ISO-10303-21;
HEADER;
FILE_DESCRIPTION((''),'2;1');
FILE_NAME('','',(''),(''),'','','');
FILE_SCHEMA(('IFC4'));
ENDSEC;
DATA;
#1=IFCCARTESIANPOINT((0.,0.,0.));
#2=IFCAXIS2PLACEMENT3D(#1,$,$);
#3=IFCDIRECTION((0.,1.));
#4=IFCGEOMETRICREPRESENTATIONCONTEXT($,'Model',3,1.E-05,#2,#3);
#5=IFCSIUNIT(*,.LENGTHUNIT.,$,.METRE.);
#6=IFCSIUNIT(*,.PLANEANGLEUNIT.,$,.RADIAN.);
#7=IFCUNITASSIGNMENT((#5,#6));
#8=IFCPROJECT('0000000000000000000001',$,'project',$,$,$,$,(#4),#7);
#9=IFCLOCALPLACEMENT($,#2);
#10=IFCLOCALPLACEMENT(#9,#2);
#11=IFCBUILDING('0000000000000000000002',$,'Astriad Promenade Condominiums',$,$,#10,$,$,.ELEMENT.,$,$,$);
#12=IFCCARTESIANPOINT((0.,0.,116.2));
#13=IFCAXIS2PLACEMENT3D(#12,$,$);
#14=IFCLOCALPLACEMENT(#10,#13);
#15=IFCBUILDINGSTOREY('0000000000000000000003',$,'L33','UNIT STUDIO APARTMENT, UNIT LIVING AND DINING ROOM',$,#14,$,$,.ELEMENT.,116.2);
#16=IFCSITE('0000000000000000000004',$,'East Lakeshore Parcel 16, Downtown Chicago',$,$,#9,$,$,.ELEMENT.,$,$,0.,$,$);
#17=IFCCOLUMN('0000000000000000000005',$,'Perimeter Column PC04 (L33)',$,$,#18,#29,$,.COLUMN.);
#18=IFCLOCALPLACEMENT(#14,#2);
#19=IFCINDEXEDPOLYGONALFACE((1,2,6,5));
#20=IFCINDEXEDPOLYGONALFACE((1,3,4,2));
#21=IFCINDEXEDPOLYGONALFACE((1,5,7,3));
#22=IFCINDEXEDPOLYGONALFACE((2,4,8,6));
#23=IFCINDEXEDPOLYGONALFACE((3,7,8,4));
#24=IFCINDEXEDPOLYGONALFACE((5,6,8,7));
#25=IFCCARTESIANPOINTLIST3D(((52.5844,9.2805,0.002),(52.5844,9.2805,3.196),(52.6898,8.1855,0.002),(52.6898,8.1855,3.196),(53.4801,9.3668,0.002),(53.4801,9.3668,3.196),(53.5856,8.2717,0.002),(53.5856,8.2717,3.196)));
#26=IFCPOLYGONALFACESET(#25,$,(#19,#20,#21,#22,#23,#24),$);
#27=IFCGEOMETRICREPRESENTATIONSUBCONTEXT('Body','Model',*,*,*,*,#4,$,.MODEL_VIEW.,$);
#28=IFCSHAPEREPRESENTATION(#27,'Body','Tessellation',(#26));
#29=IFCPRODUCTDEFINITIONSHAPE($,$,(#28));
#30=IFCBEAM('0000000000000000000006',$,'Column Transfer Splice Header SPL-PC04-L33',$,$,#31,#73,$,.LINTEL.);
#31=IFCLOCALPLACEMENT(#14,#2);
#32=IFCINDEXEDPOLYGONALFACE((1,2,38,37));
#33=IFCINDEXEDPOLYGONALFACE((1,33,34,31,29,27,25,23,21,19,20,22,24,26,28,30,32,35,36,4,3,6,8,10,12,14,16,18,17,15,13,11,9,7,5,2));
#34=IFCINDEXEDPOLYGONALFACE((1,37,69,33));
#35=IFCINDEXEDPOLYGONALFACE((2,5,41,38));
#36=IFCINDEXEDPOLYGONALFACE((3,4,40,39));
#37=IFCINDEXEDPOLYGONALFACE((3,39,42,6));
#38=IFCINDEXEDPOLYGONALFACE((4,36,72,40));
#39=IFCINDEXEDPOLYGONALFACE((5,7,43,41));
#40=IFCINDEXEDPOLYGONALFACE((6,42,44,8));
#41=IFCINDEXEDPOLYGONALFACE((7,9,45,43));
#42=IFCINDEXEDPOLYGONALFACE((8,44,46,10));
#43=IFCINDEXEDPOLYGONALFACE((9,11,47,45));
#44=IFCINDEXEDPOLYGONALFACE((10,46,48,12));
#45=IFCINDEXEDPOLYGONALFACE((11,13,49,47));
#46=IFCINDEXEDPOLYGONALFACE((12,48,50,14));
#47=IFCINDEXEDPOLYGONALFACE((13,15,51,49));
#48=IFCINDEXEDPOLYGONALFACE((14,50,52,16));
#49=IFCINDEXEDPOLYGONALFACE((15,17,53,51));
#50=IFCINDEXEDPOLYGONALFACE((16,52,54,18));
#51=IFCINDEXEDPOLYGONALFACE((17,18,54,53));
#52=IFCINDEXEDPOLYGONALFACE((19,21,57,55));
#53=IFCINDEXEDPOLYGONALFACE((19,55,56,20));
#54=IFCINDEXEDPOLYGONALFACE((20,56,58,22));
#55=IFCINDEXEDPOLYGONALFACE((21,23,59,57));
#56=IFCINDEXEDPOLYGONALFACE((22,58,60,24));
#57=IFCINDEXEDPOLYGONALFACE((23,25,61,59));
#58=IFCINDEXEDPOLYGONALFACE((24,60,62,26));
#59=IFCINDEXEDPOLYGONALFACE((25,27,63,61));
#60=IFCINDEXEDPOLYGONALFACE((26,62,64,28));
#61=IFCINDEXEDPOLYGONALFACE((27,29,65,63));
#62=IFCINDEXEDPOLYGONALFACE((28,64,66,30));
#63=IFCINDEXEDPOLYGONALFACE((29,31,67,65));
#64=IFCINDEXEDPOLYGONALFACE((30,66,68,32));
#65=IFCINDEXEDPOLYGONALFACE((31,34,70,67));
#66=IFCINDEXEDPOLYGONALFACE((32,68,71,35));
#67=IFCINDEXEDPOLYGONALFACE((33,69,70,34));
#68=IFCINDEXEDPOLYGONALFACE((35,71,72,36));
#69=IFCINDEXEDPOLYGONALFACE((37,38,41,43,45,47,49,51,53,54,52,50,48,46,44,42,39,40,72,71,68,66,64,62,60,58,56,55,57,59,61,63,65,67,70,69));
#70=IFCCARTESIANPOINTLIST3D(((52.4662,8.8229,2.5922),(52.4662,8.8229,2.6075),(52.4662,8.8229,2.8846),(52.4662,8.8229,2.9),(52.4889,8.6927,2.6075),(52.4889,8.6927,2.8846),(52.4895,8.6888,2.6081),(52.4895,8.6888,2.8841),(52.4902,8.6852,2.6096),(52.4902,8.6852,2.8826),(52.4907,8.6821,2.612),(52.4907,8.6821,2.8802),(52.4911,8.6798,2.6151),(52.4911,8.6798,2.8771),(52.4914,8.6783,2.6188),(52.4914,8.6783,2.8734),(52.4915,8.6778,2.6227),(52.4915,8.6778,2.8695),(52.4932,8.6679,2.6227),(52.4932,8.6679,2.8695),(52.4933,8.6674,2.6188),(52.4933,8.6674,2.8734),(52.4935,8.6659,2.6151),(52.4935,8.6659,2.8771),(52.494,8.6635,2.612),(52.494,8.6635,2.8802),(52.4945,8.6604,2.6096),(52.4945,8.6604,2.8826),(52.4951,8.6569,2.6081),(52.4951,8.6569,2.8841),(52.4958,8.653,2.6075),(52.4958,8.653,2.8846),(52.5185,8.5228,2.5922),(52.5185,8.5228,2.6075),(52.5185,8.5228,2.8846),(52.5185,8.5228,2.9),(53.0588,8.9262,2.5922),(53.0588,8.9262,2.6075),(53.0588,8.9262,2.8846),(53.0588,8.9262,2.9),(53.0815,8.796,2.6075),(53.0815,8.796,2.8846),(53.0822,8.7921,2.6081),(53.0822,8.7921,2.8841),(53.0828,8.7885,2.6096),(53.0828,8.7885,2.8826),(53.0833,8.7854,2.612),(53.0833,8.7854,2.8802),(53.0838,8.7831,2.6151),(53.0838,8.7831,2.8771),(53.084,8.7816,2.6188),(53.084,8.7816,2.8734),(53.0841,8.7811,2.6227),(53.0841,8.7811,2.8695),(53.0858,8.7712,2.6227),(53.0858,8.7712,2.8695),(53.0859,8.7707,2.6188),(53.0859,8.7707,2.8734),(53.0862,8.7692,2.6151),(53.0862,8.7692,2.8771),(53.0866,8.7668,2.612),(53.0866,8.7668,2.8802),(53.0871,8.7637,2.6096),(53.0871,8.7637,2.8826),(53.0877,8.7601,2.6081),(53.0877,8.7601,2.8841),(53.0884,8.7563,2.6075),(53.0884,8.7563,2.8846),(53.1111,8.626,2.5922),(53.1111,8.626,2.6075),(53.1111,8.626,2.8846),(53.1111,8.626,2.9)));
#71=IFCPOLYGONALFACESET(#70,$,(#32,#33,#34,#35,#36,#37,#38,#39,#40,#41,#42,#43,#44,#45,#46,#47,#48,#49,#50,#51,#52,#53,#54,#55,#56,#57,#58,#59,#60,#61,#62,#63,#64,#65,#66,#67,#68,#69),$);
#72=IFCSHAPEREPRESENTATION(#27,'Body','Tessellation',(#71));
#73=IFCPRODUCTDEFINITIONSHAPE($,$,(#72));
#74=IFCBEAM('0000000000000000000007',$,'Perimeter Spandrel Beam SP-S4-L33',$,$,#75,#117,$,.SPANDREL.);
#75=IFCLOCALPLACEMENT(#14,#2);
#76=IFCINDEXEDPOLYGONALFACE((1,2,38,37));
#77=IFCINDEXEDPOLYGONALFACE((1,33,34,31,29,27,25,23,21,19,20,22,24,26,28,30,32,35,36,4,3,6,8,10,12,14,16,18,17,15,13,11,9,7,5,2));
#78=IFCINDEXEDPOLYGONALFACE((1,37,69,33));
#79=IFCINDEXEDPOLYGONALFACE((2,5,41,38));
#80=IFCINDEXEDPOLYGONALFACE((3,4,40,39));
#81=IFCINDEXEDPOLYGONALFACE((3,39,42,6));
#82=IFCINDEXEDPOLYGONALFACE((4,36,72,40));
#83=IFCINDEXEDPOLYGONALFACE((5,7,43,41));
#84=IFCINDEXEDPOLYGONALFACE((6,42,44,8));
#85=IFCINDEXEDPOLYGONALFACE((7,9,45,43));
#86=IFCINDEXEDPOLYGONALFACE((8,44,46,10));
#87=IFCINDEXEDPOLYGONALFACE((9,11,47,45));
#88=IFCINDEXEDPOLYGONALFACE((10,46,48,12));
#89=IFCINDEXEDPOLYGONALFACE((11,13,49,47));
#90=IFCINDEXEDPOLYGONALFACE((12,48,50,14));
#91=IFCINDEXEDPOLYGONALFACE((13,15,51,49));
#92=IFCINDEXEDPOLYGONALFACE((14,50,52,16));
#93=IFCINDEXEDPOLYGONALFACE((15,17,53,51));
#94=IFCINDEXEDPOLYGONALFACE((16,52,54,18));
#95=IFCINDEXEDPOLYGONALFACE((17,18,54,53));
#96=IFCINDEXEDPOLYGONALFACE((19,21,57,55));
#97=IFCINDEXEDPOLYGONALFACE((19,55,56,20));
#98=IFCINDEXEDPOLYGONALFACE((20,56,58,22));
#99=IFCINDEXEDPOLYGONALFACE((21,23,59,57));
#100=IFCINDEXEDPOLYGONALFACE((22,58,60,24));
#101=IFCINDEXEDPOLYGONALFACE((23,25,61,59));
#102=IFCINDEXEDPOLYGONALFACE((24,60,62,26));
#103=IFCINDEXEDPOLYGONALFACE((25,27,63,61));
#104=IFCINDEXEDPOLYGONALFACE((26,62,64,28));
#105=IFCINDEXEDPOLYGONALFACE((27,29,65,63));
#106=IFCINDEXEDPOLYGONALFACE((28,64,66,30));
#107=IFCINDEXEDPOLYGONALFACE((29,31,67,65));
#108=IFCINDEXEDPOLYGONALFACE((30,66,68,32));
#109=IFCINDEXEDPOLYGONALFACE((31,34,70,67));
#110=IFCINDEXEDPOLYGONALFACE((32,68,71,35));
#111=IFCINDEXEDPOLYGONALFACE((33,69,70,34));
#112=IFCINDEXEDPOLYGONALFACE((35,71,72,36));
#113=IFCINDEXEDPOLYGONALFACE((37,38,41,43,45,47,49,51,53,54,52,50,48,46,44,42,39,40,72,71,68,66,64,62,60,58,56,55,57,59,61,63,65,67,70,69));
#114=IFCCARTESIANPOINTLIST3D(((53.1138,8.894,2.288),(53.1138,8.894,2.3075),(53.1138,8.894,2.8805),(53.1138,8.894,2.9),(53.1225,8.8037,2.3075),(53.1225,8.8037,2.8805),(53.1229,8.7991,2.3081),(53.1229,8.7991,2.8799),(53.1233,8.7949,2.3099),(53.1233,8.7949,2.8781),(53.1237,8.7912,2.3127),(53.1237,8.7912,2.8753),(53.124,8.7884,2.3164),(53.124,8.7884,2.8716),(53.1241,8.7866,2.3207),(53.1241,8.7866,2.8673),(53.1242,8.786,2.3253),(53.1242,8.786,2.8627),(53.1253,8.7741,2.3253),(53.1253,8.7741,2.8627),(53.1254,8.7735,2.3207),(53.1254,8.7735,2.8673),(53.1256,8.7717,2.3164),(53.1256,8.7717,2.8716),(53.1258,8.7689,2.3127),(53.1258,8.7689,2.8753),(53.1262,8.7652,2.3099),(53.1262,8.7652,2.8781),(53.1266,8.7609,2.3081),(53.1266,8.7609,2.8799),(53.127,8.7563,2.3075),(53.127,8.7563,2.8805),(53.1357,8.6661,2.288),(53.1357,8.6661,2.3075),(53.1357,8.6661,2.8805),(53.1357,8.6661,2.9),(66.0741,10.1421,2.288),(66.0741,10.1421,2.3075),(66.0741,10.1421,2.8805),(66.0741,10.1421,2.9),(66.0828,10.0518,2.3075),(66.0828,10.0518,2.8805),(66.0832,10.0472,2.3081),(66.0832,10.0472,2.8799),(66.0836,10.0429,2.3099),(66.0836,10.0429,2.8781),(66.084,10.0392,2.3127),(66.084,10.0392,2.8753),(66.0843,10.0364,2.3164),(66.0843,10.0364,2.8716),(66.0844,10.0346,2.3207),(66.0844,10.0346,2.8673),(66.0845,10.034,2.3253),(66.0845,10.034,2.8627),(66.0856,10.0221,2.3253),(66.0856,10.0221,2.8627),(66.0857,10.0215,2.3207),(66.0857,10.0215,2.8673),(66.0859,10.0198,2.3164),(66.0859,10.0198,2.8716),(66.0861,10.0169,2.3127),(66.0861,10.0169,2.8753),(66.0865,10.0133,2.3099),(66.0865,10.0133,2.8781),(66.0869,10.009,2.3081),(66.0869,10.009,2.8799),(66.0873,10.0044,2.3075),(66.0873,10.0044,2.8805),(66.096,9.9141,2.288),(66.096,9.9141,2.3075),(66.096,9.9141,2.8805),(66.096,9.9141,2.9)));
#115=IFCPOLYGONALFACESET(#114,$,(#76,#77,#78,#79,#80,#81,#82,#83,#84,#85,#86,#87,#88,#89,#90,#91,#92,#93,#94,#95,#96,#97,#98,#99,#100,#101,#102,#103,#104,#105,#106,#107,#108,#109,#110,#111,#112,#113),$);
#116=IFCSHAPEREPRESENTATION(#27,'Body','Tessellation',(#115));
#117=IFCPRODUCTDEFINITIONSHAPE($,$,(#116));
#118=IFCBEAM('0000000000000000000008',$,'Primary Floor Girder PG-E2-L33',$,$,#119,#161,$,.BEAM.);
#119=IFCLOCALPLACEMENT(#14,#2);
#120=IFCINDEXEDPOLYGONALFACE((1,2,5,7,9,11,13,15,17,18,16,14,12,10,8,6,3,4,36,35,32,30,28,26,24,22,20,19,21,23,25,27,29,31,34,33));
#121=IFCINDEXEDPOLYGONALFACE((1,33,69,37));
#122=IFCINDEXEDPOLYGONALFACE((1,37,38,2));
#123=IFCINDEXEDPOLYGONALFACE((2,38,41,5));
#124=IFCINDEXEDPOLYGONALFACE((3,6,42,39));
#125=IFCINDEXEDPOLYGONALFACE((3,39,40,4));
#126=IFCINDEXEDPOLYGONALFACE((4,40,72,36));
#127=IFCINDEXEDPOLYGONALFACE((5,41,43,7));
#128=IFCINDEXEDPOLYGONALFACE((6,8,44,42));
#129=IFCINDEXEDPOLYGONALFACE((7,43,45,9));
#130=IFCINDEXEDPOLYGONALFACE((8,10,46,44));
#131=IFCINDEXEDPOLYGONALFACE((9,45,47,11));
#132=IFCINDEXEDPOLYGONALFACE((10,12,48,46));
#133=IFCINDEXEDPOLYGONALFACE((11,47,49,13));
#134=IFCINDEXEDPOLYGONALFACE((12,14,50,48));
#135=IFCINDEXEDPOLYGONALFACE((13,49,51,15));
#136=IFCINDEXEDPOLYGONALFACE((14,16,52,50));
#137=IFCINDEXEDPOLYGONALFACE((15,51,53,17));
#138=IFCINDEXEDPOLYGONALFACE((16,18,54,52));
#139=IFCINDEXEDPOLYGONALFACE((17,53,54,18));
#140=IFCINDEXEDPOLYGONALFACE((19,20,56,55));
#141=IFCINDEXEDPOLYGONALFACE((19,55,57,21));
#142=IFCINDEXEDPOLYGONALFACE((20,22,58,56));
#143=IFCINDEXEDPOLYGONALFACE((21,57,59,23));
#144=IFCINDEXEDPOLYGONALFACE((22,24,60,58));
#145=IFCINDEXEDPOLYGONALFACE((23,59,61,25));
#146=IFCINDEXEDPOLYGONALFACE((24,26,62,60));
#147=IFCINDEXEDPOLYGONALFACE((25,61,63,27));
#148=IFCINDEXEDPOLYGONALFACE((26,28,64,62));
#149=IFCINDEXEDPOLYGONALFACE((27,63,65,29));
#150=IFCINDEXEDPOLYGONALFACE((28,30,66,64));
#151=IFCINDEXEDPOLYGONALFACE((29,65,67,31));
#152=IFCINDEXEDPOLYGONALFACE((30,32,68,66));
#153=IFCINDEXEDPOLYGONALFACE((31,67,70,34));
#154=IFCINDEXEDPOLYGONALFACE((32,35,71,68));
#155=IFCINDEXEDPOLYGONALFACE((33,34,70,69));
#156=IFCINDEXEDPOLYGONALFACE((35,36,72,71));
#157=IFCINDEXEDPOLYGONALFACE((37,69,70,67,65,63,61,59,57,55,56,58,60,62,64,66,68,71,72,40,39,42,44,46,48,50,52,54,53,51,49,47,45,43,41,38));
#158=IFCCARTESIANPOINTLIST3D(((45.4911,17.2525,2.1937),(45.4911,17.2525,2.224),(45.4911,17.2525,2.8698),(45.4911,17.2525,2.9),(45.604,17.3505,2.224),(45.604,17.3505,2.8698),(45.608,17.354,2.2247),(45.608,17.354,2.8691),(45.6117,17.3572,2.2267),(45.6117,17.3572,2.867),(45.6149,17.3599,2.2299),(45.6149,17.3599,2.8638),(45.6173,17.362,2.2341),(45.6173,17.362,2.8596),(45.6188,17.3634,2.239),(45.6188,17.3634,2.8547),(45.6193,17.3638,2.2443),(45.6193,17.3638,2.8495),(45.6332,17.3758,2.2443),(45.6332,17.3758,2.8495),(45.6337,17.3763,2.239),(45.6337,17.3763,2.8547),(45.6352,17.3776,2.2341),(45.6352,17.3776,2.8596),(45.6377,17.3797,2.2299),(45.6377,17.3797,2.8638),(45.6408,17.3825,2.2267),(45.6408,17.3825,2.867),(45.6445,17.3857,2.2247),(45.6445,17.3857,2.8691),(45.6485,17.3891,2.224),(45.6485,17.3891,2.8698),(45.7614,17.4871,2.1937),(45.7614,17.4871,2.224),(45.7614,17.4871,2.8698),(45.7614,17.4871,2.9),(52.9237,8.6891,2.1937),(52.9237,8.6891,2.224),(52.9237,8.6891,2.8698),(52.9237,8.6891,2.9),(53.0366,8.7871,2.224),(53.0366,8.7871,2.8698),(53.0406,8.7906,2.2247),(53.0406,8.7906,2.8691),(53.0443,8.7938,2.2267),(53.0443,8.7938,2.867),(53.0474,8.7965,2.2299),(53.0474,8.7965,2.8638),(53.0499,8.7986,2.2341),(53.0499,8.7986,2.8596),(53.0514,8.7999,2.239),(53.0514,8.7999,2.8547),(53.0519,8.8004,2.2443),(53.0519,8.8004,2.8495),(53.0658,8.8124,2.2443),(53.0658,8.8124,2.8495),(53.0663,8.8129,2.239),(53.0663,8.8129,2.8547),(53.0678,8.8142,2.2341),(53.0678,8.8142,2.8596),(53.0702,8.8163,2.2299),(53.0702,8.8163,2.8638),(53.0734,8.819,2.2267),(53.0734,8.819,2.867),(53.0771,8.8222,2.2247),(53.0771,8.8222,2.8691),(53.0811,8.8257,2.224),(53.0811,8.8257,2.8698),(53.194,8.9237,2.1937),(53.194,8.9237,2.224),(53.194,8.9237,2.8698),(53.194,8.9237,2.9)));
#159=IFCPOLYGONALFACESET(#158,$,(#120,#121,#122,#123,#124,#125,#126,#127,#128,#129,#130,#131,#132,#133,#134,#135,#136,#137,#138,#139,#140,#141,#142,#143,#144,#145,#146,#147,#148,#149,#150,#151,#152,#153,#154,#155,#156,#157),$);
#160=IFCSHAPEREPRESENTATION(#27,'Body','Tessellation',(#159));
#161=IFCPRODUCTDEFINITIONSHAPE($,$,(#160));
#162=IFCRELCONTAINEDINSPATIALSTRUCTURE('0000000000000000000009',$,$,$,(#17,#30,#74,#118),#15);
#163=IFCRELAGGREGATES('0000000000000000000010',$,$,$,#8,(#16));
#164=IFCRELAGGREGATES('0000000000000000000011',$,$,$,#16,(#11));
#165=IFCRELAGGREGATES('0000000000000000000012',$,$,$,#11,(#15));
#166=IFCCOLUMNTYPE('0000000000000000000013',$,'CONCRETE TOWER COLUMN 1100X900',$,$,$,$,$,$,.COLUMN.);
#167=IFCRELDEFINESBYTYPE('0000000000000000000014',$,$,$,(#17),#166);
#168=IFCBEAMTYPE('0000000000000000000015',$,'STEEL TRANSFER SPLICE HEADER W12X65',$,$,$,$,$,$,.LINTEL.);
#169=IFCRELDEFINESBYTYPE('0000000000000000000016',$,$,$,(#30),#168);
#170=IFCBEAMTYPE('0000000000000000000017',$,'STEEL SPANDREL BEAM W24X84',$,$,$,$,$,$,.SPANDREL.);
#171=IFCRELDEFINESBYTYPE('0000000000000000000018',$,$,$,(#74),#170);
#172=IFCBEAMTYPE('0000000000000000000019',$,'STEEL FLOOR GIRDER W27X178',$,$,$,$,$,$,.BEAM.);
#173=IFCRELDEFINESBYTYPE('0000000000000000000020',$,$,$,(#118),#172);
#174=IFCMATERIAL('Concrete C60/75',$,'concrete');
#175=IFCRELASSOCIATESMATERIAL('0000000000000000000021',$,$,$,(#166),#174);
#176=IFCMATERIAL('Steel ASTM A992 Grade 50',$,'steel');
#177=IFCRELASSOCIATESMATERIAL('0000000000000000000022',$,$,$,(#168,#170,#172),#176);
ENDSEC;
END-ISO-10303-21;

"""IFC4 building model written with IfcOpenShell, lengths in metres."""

from ifc_helpers import new_model, si_unit, direction, frame, origin, origin_2d, place, context, subcontext, project, spatial, rectangle, i_section, extrude, source, transform, mapped, material, material_profile, profile_set, type_object, type_shapes, element, save


model = new_model("IFC4")

# Units and contexts
model_context = context("Model", 3, precision=1e-05, world=origin(), true_north=direction((0.0, 1.0)))
body_context = subcontext(model_context, "Body", "Model", "MODEL_VIEW")
ifc_project = project(units=[si_unit("LENGTHUNIT", "METRE"), si_unit("PLANEANGLEUNIT", "RADIAN")], contexts=[model_context])

# Site, building, storey
site_placement = place(None, origin())
site = spatial("IfcSite", under=ifc_project, at=site_placement, Name="East Lakeshore Parcel 16, Downtown Chicago", CompositionType="ELEMENT", RefElevation=0.0)
building_placement = place(site_placement, origin())
building = spatial("IfcBuilding", under=site, at=building_placement, Name="Astriad Promenade Condominiums", CompositionType="ELEMENT")
storey_placement = place(building_placement, frame((0.0, 0.0, 116.2)))
storey = spatial("IfcBuildingStorey", under=building, at=storey_placement, Name="L33", Description="UNIT STUDIO APARTMENT, UNIT LIVING AND DINING ROOM", CompositionType="ELEMENT", Elevation=116.2)

# Column
ifc_material_1 = material(Name="Concrete C60/75", Category="concrete")
ifc_material_profile_1 = material_profile(ifc_material_1, rectangle(XDim=0.8999, YDim=1.1001, at=origin_2d()), Name="RC-COL-1100X900")
ifc_profile_set_1 = profile_set([ifc_material_profile_1], Name="Concrete C60/75")
column_type = type_object("IfcColumnType", Name="CONCRETE TOWER COLUMN 1100X900", PredefinedType="COLUMN", material=ifc_profile_set_1)
shared_shape_1 = source(origin(), body_context, "Body", "SweptSolid", [
    extrude(rectangle(XDim=0.8999, YDim=1.1001, at=origin_2d()), origin(), (0.0, 0.0, 1.0), 3.1941),
])
type_shapes(column_type, [shared_shape_1])
column_placement = place(storey_placement, frame((53.085, 8.7761, 0.002), z_axis=(0.0, 0.0, 1.0), x_axis=(0.995396, 0.095846, 0.0)))
element("IfcColumn", 1, at=column_placement, inside=storey, type_object=column_type, Name="Perimeter Column PC04 (L33)", PredefinedType="COLUMN", context=body_context, shape_type="MappedRepresentation", body=[
    mapped(shared_shape_1, transform((0.0, 0.0, 0.0), scale=1.0)),
])

# Beams
ifc_material_2 = material(Name="Steel ASTM A992 Grade 50", Category="steel")
ifc_material_profile_2 = material_profile(ifc_material_2, i_section(OverallWidth=0.3047, OverallDepth=0.3079, WebThickness=0.01, FlangeThickness=0.0154, FilletRadius=0.0151, at=origin_2d()), Name="W12X65")
ifc_profile_set_2 = profile_set([ifc_material_profile_2], Name="Steel ASTM A992 Grade 50")
beam_type_1 = type_object("IfcBeamType", Name="STEEL TRANSFER SPLICE HEADER W12X65", PredefinedType="LINTEL", material=ifc_profile_set_2)
shared_shape_2 = source(origin(), body_context, "Body", "SweptSolid", [
    extrude(i_section(OverallWidth=0.3047, OverallDepth=0.3079, WebThickness=0.01, FlangeThickness=0.0154, FilletRadius=0.0151, at=origin_2d()), origin(), (0.0, 0.0, 1.0), 0.6016),
])
type_shapes(beam_type_1, [shared_shape_2])
beam_1_placement = place(storey_placement, frame((53.085, 8.7761, 2.7461), z_axis=(-0.985149, -0.171701, 0.0), x_axis=(0.171701, -0.985149, 0.0)))
element("IfcBeam", 2, at=beam_1_placement, inside=storey, type_object=beam_type_1, Name="Column Transfer Splice Header SPL-PC04-L33", PredefinedType="LINTEL", context=body_context, shape_type="MappedRepresentation", body=[
    mapped(shared_shape_2, transform((0.0, 0.0, 0.0), scale=1.0)),
])
ifc_material_profile_3 = material_profile(ifc_material_2, i_section(OverallWidth=0.229, OverallDepth=0.6121, WebThickness=0.012, FlangeThickness=0.0195, FilletRadius=0.0178, at=origin_2d()), Name="W24X84")
ifc_profile_set_3 = profile_set([ifc_material_profile_3], Name="Steel ASTM A992 Grade 50")
beam_type_2 = type_object("IfcBeamType", Name="STEEL SPANDREL BEAM W24X84", PredefinedType="SPANDREL", material=ifc_profile_set_3)
shared_shape_3 = source(origin(), body_context, "Body", "SweptSolid", [
    extrude(i_section(OverallWidth=0.229, OverallDepth=0.6121, WebThickness=0.012, FlangeThickness=0.0195, FilletRadius=0.0178, at=origin_2d()), origin(), (0.0, 0.0, 1.0), 13.0203),
])
type_shapes(beam_type_2, [shared_shape_3])
beam_2_placement = place(storey_placement, frame((53.1248, 8.78, 2.594), z_axis=(0.995395, 0.095855, 0.0), x_axis=(-0.095855, 0.995395, 0.0)))
element("IfcBeam", 3, at=beam_2_placement, inside=storey, type_object=beam_type_2, Name="Perimeter Spandrel Beam SP-S4-L33", PredefinedType="SPANDREL", context=body_context, shape_type="MappedRepresentation", body=[
    mapped(shared_shape_3, transform((0.0, 0.0, 0.0), scale=1.0)),
])
ifc_material_profile_4 = material_profile(ifc_material_2, i_section(OverallWidth=0.3579, OverallDepth=0.7063, WebThickness=0.0183, FlangeThickness=0.0303, FilletRadius=0.0203, at=origin_2d()), Name="W27X178")
ifc_profile_set_4 = profile_set([ifc_material_profile_4], Name="Steel ASTM A992 Grade 50")
beam_type_3 = type_object("IfcBeamType", Name="STEEL FLOOR GIRDER W27X178", PredefinedType="BEAM", material=ifc_profile_set_4)
shared_shape_4 = source(origin(), body_context, "Body", "SweptSolid", [
    extrude(i_section(OverallWidth=0.3579, OverallDepth=0.7063, WebThickness=0.0183, FlangeThickness=0.0303, FilletRadius=0.0203, at=origin_2d()), origin(), (0.0, 0.0, 1.0), 11.3391),
])
type_shapes(beam_type_3, [shared_shape_4])
beam_3_placement = place(storey_placement, frame((53.0588, 8.8064, 2.5469), z_axis=(-0.655481, 0.755211, 0.0), x_axis=(-0.755211, -0.655481, 0.0)))
element("IfcBeam", 4, at=beam_3_placement, inside=storey, type_object=beam_type_3, Name="Primary Floor Girder PG-E2-L33", PredefinedType="BEAM", context=body_context, shape_type="MappedRepresentation", body=[
    mapped(shared_shape_4, transform((0.0, 0.0, 0.0), scale=1.0)),
])

save(model, "model.ifc")
